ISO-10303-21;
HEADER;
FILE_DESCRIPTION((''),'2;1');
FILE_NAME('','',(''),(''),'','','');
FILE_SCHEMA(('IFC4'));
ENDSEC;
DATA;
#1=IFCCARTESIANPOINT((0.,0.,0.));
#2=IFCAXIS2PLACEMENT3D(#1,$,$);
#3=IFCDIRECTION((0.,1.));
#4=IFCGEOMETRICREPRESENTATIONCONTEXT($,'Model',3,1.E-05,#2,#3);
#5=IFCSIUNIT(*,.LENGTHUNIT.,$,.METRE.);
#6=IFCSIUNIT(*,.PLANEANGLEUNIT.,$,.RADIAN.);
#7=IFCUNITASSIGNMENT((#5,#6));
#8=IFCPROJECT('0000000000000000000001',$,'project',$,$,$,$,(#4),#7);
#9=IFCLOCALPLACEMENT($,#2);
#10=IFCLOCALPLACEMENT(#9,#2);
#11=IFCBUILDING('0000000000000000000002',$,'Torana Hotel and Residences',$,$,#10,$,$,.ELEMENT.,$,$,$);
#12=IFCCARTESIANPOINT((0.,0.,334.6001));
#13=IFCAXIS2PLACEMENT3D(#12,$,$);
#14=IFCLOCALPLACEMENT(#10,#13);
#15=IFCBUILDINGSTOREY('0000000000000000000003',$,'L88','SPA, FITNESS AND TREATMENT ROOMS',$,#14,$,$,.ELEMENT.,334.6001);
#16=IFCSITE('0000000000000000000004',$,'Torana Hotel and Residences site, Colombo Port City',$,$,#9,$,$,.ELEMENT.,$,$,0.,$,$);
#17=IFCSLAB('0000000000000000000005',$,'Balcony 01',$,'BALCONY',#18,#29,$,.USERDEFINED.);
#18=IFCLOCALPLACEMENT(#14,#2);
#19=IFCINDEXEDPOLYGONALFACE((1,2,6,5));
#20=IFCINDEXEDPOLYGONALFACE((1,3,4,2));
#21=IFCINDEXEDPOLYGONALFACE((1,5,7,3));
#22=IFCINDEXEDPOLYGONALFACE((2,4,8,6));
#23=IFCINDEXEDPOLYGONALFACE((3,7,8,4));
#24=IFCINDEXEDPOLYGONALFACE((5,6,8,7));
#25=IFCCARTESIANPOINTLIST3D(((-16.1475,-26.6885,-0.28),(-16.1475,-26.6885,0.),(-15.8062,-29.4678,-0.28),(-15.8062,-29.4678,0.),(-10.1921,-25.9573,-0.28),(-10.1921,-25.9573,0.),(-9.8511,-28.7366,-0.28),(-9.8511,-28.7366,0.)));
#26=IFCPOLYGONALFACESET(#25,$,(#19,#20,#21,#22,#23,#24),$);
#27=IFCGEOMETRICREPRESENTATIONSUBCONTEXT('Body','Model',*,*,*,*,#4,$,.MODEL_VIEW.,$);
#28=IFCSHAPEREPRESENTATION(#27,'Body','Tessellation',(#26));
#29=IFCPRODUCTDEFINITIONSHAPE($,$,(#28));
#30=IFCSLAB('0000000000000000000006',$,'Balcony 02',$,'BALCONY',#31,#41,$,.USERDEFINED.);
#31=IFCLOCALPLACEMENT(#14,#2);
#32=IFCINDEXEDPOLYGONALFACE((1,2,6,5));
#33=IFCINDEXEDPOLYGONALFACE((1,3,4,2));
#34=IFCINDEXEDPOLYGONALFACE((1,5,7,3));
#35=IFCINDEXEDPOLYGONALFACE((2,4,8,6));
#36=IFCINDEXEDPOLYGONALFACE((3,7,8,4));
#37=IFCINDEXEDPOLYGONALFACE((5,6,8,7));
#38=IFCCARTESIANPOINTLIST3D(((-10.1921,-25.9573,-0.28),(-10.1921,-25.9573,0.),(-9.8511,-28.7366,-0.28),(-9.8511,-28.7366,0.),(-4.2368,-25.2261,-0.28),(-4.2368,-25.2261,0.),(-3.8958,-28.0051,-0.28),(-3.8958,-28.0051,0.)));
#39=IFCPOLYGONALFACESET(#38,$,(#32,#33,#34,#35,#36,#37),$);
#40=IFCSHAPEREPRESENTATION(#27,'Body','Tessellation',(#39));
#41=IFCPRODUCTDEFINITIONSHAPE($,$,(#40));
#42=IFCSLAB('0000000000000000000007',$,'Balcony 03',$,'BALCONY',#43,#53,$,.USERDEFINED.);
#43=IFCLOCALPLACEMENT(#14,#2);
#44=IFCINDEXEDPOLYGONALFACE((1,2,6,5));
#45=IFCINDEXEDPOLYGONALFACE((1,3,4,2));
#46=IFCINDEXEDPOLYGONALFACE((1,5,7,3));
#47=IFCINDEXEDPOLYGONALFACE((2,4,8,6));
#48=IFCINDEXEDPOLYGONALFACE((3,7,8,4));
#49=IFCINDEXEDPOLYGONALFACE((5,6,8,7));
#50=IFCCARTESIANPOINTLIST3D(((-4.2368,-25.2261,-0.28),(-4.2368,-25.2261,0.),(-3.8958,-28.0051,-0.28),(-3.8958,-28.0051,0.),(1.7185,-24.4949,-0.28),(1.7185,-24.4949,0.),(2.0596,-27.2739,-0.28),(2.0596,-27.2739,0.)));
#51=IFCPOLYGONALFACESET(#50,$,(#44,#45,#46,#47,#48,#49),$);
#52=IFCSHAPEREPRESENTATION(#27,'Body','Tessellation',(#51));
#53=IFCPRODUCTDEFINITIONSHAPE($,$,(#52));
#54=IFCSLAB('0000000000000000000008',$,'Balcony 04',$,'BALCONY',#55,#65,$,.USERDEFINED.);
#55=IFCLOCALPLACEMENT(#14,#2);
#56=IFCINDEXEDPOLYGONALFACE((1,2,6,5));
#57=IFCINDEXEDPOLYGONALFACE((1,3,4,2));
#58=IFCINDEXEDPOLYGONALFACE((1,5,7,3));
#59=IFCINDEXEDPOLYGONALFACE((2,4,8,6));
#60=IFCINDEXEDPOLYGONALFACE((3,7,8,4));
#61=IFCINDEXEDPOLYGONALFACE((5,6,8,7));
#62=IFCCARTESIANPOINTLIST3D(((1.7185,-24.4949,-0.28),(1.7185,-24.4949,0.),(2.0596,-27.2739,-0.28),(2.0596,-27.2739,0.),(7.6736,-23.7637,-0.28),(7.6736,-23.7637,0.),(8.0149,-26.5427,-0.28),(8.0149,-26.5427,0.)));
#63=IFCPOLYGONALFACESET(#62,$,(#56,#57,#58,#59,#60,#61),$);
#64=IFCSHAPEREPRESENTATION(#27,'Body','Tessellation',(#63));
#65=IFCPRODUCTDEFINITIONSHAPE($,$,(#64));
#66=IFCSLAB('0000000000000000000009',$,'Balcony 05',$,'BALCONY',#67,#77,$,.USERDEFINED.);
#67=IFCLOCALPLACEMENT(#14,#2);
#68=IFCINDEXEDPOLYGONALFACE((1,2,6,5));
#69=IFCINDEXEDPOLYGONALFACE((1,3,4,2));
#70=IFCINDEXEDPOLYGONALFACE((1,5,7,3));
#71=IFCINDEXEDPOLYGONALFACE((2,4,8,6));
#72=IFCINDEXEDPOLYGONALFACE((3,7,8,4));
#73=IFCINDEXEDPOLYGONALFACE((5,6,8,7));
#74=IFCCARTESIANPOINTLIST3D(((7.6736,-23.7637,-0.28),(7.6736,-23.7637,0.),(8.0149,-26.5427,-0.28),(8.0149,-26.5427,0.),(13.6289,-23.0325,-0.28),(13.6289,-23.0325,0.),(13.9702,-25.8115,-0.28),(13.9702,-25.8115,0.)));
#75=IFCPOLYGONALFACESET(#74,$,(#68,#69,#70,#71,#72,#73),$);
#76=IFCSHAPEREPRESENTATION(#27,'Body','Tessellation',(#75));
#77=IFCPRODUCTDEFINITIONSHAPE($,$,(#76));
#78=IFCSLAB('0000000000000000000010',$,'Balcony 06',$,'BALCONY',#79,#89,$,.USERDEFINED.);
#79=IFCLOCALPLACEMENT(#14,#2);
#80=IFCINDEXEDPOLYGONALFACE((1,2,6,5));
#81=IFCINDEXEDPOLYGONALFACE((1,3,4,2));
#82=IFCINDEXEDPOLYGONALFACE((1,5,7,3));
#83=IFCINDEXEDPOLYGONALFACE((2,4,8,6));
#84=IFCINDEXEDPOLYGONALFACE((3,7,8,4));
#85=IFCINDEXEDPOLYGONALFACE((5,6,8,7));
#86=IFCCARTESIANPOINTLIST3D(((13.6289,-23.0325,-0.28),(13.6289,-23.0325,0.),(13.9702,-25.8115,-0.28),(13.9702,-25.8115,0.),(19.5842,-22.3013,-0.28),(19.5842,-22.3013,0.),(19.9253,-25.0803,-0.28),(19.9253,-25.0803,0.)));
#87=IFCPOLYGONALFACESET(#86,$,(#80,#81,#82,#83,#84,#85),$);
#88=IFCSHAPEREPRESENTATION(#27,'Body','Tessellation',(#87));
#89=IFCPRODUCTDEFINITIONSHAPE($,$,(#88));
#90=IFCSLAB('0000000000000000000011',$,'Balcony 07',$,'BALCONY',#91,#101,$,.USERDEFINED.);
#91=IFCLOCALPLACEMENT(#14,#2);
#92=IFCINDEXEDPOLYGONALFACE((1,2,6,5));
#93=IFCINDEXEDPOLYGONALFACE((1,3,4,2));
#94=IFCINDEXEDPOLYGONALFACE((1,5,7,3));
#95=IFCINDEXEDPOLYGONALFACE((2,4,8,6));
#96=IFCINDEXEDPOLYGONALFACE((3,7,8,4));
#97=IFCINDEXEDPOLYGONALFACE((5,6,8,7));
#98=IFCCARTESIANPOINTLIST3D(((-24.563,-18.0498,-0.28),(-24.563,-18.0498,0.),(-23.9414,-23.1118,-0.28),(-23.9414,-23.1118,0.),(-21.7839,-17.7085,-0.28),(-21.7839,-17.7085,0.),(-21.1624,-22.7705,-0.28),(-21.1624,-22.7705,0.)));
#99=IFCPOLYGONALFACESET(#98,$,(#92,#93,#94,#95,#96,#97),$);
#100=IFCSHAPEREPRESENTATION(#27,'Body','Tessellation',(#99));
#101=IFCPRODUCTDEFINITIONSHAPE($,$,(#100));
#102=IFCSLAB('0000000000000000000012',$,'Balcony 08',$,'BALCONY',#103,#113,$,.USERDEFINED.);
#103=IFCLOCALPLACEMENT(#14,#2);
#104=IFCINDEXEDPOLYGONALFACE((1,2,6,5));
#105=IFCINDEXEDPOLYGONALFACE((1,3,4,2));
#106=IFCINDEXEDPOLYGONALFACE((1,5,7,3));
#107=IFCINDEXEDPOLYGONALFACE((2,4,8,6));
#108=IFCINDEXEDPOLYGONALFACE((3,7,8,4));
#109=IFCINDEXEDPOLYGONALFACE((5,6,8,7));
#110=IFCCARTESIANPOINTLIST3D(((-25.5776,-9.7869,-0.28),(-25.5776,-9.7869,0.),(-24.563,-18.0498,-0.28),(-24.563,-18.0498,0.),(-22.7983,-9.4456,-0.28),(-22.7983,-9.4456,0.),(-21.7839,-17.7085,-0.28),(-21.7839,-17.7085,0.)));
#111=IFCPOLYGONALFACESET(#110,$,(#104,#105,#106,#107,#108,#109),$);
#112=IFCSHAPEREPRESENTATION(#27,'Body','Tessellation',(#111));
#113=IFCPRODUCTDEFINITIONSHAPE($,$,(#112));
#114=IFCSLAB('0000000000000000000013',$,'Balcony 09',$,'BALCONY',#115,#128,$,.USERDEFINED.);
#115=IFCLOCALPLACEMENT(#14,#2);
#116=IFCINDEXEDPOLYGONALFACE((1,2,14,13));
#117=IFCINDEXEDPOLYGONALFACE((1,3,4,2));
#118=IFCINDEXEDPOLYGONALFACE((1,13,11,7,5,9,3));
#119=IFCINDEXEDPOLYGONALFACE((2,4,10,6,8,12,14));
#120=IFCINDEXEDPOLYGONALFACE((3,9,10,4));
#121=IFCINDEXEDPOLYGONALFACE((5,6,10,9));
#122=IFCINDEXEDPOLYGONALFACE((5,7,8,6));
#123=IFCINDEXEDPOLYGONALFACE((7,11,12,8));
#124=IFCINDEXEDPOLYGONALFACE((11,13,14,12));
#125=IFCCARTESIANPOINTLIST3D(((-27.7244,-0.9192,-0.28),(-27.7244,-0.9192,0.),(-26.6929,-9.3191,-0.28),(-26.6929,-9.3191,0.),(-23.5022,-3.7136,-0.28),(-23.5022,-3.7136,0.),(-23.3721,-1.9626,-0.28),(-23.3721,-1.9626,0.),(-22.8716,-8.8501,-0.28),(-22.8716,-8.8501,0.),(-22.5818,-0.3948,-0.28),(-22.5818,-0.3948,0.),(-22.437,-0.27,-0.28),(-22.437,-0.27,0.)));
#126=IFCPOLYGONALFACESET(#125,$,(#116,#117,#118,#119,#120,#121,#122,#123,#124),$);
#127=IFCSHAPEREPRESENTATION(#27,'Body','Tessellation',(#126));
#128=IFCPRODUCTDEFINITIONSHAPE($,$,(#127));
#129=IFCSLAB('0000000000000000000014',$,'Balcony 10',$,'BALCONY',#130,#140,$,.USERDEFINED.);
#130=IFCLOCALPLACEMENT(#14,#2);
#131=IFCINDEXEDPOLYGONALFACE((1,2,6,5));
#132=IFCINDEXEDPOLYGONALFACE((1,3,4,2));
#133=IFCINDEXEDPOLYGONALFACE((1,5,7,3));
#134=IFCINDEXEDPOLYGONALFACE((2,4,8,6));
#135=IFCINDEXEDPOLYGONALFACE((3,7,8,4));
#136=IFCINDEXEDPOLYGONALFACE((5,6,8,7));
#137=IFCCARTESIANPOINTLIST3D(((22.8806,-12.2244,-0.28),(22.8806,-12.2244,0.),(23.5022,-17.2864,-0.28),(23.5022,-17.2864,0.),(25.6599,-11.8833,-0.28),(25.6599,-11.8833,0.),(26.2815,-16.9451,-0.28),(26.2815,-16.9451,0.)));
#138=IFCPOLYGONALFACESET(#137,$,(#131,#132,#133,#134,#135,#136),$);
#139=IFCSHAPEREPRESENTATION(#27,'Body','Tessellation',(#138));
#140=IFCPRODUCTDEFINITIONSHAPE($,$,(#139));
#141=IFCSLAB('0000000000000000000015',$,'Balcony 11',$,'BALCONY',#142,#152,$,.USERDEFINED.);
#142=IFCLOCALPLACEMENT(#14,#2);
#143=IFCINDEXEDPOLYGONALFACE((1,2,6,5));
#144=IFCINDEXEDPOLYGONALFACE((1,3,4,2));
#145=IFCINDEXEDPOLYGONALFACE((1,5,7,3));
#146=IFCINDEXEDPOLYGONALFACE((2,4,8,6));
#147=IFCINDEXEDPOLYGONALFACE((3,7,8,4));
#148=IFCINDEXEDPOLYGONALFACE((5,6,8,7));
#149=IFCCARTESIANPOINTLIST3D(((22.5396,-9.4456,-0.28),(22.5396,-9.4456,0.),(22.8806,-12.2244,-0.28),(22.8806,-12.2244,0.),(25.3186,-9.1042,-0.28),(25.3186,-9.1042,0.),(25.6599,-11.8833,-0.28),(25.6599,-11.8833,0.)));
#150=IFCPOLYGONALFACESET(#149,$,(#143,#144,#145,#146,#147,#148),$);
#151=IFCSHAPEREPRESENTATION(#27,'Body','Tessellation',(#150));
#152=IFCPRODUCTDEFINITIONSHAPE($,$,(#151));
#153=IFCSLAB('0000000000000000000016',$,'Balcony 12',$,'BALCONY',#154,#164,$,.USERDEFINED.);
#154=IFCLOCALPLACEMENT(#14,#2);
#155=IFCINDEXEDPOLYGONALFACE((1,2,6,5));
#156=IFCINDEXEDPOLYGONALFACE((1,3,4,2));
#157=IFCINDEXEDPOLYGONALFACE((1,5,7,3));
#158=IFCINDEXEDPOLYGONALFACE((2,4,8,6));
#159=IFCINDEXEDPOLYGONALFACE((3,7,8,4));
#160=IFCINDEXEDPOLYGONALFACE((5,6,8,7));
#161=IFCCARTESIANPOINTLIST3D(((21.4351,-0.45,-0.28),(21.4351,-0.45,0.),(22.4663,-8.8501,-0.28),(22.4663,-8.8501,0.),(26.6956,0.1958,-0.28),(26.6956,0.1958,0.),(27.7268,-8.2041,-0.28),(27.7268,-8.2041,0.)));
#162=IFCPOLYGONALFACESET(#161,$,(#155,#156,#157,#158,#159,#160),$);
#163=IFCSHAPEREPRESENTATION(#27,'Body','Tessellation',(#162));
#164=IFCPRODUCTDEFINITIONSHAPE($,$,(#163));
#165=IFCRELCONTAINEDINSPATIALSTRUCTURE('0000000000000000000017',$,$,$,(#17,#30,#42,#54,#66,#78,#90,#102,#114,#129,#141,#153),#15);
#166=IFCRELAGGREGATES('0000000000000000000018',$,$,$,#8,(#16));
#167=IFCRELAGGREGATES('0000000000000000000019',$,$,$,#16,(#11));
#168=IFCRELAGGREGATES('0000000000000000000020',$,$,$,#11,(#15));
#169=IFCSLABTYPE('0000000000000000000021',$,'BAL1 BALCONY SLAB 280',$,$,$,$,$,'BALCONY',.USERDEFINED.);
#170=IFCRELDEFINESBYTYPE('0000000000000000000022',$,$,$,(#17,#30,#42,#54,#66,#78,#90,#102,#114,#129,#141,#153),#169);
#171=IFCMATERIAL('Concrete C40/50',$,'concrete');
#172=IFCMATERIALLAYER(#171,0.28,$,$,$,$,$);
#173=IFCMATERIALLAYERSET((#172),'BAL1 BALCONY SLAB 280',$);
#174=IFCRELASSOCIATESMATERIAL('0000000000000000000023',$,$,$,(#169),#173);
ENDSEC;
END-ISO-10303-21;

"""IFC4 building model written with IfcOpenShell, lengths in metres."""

from ifc_helpers import new_model, si_unit, direction, frame, origin, place, context, subcontext, project, spatial, polyline, outline, extrude, material, layer, layer_set, type_object, element, save


model = new_model("IFC4")

# Units and contexts
model_context = context("Model", 3, precision=1e-05, world=origin(), true_north=direction((0.0, 1.0)))
body_context = subcontext(model_context, "Body", "Model", "MODEL_VIEW")
ifc_project = project(units=[si_unit("LENGTHUNIT", "METRE"), si_unit("PLANEANGLEUNIT", "RADIAN")], contexts=[model_context])

# Site, building, storey
site_placement = place(None, origin())
site = spatial("IfcSite", under=ifc_project, at=site_placement, Name="Torana Hotel and Residences site, Colombo Port City", CompositionType="ELEMENT", RefElevation=0.0)
building_placement = place(site_placement, origin())
building = spatial("IfcBuilding", under=site, at=building_placement, Name="Torana Hotel and Residences", CompositionType="ELEMENT")
storey_placement = place(building_placement, frame((0.0, 0.0, 334.6001)))
storey = spatial("IfcBuildingStorey", under=building, at=storey_placement, Name="L88", Description="SPA, FITNESS AND TREATMENT ROOMS", CompositionType="ELEMENT", Elevation=334.6001)

# Slabs
ifc_material_1 = material(Name="Concrete C40/50", Category="concrete")
ifc_layer_1 = layer(ifc_material_1, 0.28)
ifc_layer_set_1 = layer_set([ifc_layer_1], Name="BAL1 BALCONY SLAB 280")
slab_type_1 = type_object("IfcSlabType", Name="BAL1 BALCONY SLAB 280", ElementType="BALCONY", PredefinedType="USERDEFINED", material=ifc_layer_set_1)
slab_1_placement = place(storey_placement, frame((0.0, 0.0, -0.28)))
element("IfcSlab", 1, at=slab_1_placement, inside=storey, type_object=slab_type_1, Name="Balcony 01", ObjectType="BALCONY", PredefinedType="USERDEFINED", context=body_context, shape_type="SweptSolid", body=[
    extrude(outline(polyline([(-15.8062, -29.4678), (-9.8511, -28.7366), (-10.1921, -25.9573), (-16.1475, -26.6885), (-15.8062, -29.4678)])), origin(), (0.0, 0.0, 1.0), 0.28),
])
slab_2_placement = place(storey_placement, frame((0.0, 0.0, -0.28)))
element("IfcSlab", 2, at=slab_2_placement, inside=storey, type_object=slab_type_1, Name="Balcony 02", ObjectType="BALCONY", PredefinedType="USERDEFINED", context=body_context, shape_type="SweptSolid", body=[
    extrude(outline(polyline([(-9.8511, -28.7366), (-3.8958, -28.0051), (-4.2368, -25.2261), (-10.1921, -25.9573), (-9.8511, -28.7366)])), origin(), (0.0, 0.0, 1.0), 0.28),
])
slab_3_placement = place(storey_placement, frame((0.0, 0.0, -0.28)))
element("IfcSlab", 3, at=slab_3_placement, inside=storey, type_object=slab_type_1, Name="Balcony 03", ObjectType="BALCONY", PredefinedType="USERDEFINED", context=body_context, shape_type="SweptSolid", body=[
    extrude(outline(polyline([(-3.8958, -28.0051), (2.0596, -27.2739), (1.7185, -24.4949), (-4.2368, -25.2261), (-3.8958, -28.0051)])), origin(), (0.0, 0.0, 1.0), 0.28),
])
slab_4_placement = place(storey_placement, frame((0.0, 0.0, -0.28)))
element("IfcSlab", 4, at=slab_4_placement, inside=storey, type_object=slab_type_1, Name="Balcony 04", ObjectType="BALCONY", PredefinedType="USERDEFINED", context=body_context, shape_type="SweptSolid", body=[
    extrude(outline(polyline([(2.0596, -27.2739), (8.0149, -26.5427), (7.6736, -23.7637), (1.7185, -24.4949), (2.0596, -27.2739)])), origin(), (0.0, 0.0, 1.0), 0.28),
])
slab_5_placement = place(storey_placement, frame((0.0, 0.0, -0.28)))
element("IfcSlab", 5, at=slab_5_placement, inside=storey, type_object=slab_type_1, Name="Balcony 05", ObjectType="BALCONY", PredefinedType="USERDEFINED", context=body_context, shape_type="SweptSolid", body=[
    extrude(outline(polyline([(8.0149, -26.5427), (13.9702, -25.8115), (13.6289, -23.0325), (7.6736, -23.7637), (8.0149, -26.5427)])), origin(), (0.0, 0.0, 1.0), 0.28),
])
slab_6_placement = place(storey_placement, frame((0.0, 0.0, -0.28)))
element("IfcSlab", 6, at=slab_6_placement, inside=storey, type_object=slab_type_1, Name="Balcony 06", ObjectType="BALCONY", PredefinedType="USERDEFINED", context=body_context, shape_type="SweptSolid", body=[
    extrude(outline(polyline([(13.9702, -25.8115), (19.9253, -25.0803), (19.5842, -22.3013), (13.6289, -23.0325), (13.9702, -25.8115)])), origin(), (0.0, 0.0, 1.0), 0.28),
])
slab_7_placement = place(storey_placement, frame((0.0, 0.0, -0.28)))
element("IfcSlab", 7, at=slab_7_placement, inside=storey, type_object=slab_type_1, Name="Balcony 07", ObjectType="BALCONY", PredefinedType="USERDEFINED", context=body_context, shape_type="SweptSolid", body=[
    extrude(outline(polyline([(-23.9414, -23.1118), (-21.1624, -22.7705), (-21.7839, -17.7085), (-24.563, -18.0498), (-23.9414, -23.1118)])), origin(), (0.0, 0.0, 1.0), 0.28),
])
slab_8_placement = place(storey_placement, frame((0.0, 0.0, -0.28)))
element("IfcSlab", 8, at=slab_8_placement, inside=storey, type_object=slab_type_1, Name="Balcony 08", ObjectType="BALCONY", PredefinedType="USERDEFINED", context=body_context, shape_type="SweptSolid", body=[
    extrude(outline(polyline([(-24.563, -18.0498), (-21.7839, -17.7085), (-22.7983, -9.4456), (-25.5776, -9.7869), (-24.563, -18.0498)])), origin(), (0.0, 0.0, 1.0), 0.28),
])
slab_9_placement = place(storey_placement, frame((0.0, 0.0, -0.28)))
element("IfcSlab", 9, at=slab_9_placement, inside=storey, type_object=slab_type_1, Name="Balcony 09", ObjectType="BALCONY", PredefinedType="USERDEFINED", context=body_context, shape_type="SweptSolid", body=[
    extrude(outline(polyline([(-26.6929, -9.3191), (-22.8716, -8.8501), (-23.5022, -3.7136), (-23.3721, -1.9626), (-22.5818, -0.3948), (-22.437, -0.27), (-27.7244, -0.9192), (-26.6929, -9.3191)])), origin(), (0.0, 0.0, 1.0), 0.28),
])
slab_10_placement = place(storey_placement, frame((0.0, 0.0, -0.28)))
element("IfcSlab", 10, at=slab_10_placement, inside=storey, type_object=slab_type_1, Name="Balcony 10", ObjectType="BALCONY", PredefinedType="USERDEFINED", context=body_context, shape_type="SweptSolid", body=[
    extrude(outline(polyline([(23.5022, -17.2864), (26.2815, -16.9451), (25.6599, -11.8833), (22.8806, -12.2244), (23.5022, -17.2864)])), origin(), (0.0, 0.0, 1.0), 0.28),
])
slab_11_placement = place(storey_placement, frame((0.0, 0.0, -0.28)))
element("IfcSlab", 11, at=slab_11_placement, inside=storey, type_object=slab_type_1, Name="Balcony 11", ObjectType="BALCONY", PredefinedType="USERDEFINED", context=body_context, shape_type="SweptSolid", body=[
    extrude(outline(polyline([(22.8806, -12.2244), (25.6599, -11.8833), (25.3186, -9.1042), (22.5396, -9.4456), (22.8806, -12.2244)])), origin(), (0.0, 0.0, 1.0), 0.28),
])
slab_12_placement = place(storey_placement, frame((0.0, 0.0, -0.28)))
element("IfcSlab", 12, at=slab_12_placement, inside=storey, type_object=slab_type_1, Name="Balcony 12", ObjectType="BALCONY", PredefinedType="USERDEFINED", context=body_context, shape_type="SweptSolid", body=[
    extrude(outline(polyline([(22.4663, -8.8501), (27.7268, -8.2041), (26.6956, 0.1958), (21.4351, -0.45), (22.4663, -8.8501)])), origin(), (0.0, 0.0, 1.0), 0.28),
])

save(model, "model.ifc")
